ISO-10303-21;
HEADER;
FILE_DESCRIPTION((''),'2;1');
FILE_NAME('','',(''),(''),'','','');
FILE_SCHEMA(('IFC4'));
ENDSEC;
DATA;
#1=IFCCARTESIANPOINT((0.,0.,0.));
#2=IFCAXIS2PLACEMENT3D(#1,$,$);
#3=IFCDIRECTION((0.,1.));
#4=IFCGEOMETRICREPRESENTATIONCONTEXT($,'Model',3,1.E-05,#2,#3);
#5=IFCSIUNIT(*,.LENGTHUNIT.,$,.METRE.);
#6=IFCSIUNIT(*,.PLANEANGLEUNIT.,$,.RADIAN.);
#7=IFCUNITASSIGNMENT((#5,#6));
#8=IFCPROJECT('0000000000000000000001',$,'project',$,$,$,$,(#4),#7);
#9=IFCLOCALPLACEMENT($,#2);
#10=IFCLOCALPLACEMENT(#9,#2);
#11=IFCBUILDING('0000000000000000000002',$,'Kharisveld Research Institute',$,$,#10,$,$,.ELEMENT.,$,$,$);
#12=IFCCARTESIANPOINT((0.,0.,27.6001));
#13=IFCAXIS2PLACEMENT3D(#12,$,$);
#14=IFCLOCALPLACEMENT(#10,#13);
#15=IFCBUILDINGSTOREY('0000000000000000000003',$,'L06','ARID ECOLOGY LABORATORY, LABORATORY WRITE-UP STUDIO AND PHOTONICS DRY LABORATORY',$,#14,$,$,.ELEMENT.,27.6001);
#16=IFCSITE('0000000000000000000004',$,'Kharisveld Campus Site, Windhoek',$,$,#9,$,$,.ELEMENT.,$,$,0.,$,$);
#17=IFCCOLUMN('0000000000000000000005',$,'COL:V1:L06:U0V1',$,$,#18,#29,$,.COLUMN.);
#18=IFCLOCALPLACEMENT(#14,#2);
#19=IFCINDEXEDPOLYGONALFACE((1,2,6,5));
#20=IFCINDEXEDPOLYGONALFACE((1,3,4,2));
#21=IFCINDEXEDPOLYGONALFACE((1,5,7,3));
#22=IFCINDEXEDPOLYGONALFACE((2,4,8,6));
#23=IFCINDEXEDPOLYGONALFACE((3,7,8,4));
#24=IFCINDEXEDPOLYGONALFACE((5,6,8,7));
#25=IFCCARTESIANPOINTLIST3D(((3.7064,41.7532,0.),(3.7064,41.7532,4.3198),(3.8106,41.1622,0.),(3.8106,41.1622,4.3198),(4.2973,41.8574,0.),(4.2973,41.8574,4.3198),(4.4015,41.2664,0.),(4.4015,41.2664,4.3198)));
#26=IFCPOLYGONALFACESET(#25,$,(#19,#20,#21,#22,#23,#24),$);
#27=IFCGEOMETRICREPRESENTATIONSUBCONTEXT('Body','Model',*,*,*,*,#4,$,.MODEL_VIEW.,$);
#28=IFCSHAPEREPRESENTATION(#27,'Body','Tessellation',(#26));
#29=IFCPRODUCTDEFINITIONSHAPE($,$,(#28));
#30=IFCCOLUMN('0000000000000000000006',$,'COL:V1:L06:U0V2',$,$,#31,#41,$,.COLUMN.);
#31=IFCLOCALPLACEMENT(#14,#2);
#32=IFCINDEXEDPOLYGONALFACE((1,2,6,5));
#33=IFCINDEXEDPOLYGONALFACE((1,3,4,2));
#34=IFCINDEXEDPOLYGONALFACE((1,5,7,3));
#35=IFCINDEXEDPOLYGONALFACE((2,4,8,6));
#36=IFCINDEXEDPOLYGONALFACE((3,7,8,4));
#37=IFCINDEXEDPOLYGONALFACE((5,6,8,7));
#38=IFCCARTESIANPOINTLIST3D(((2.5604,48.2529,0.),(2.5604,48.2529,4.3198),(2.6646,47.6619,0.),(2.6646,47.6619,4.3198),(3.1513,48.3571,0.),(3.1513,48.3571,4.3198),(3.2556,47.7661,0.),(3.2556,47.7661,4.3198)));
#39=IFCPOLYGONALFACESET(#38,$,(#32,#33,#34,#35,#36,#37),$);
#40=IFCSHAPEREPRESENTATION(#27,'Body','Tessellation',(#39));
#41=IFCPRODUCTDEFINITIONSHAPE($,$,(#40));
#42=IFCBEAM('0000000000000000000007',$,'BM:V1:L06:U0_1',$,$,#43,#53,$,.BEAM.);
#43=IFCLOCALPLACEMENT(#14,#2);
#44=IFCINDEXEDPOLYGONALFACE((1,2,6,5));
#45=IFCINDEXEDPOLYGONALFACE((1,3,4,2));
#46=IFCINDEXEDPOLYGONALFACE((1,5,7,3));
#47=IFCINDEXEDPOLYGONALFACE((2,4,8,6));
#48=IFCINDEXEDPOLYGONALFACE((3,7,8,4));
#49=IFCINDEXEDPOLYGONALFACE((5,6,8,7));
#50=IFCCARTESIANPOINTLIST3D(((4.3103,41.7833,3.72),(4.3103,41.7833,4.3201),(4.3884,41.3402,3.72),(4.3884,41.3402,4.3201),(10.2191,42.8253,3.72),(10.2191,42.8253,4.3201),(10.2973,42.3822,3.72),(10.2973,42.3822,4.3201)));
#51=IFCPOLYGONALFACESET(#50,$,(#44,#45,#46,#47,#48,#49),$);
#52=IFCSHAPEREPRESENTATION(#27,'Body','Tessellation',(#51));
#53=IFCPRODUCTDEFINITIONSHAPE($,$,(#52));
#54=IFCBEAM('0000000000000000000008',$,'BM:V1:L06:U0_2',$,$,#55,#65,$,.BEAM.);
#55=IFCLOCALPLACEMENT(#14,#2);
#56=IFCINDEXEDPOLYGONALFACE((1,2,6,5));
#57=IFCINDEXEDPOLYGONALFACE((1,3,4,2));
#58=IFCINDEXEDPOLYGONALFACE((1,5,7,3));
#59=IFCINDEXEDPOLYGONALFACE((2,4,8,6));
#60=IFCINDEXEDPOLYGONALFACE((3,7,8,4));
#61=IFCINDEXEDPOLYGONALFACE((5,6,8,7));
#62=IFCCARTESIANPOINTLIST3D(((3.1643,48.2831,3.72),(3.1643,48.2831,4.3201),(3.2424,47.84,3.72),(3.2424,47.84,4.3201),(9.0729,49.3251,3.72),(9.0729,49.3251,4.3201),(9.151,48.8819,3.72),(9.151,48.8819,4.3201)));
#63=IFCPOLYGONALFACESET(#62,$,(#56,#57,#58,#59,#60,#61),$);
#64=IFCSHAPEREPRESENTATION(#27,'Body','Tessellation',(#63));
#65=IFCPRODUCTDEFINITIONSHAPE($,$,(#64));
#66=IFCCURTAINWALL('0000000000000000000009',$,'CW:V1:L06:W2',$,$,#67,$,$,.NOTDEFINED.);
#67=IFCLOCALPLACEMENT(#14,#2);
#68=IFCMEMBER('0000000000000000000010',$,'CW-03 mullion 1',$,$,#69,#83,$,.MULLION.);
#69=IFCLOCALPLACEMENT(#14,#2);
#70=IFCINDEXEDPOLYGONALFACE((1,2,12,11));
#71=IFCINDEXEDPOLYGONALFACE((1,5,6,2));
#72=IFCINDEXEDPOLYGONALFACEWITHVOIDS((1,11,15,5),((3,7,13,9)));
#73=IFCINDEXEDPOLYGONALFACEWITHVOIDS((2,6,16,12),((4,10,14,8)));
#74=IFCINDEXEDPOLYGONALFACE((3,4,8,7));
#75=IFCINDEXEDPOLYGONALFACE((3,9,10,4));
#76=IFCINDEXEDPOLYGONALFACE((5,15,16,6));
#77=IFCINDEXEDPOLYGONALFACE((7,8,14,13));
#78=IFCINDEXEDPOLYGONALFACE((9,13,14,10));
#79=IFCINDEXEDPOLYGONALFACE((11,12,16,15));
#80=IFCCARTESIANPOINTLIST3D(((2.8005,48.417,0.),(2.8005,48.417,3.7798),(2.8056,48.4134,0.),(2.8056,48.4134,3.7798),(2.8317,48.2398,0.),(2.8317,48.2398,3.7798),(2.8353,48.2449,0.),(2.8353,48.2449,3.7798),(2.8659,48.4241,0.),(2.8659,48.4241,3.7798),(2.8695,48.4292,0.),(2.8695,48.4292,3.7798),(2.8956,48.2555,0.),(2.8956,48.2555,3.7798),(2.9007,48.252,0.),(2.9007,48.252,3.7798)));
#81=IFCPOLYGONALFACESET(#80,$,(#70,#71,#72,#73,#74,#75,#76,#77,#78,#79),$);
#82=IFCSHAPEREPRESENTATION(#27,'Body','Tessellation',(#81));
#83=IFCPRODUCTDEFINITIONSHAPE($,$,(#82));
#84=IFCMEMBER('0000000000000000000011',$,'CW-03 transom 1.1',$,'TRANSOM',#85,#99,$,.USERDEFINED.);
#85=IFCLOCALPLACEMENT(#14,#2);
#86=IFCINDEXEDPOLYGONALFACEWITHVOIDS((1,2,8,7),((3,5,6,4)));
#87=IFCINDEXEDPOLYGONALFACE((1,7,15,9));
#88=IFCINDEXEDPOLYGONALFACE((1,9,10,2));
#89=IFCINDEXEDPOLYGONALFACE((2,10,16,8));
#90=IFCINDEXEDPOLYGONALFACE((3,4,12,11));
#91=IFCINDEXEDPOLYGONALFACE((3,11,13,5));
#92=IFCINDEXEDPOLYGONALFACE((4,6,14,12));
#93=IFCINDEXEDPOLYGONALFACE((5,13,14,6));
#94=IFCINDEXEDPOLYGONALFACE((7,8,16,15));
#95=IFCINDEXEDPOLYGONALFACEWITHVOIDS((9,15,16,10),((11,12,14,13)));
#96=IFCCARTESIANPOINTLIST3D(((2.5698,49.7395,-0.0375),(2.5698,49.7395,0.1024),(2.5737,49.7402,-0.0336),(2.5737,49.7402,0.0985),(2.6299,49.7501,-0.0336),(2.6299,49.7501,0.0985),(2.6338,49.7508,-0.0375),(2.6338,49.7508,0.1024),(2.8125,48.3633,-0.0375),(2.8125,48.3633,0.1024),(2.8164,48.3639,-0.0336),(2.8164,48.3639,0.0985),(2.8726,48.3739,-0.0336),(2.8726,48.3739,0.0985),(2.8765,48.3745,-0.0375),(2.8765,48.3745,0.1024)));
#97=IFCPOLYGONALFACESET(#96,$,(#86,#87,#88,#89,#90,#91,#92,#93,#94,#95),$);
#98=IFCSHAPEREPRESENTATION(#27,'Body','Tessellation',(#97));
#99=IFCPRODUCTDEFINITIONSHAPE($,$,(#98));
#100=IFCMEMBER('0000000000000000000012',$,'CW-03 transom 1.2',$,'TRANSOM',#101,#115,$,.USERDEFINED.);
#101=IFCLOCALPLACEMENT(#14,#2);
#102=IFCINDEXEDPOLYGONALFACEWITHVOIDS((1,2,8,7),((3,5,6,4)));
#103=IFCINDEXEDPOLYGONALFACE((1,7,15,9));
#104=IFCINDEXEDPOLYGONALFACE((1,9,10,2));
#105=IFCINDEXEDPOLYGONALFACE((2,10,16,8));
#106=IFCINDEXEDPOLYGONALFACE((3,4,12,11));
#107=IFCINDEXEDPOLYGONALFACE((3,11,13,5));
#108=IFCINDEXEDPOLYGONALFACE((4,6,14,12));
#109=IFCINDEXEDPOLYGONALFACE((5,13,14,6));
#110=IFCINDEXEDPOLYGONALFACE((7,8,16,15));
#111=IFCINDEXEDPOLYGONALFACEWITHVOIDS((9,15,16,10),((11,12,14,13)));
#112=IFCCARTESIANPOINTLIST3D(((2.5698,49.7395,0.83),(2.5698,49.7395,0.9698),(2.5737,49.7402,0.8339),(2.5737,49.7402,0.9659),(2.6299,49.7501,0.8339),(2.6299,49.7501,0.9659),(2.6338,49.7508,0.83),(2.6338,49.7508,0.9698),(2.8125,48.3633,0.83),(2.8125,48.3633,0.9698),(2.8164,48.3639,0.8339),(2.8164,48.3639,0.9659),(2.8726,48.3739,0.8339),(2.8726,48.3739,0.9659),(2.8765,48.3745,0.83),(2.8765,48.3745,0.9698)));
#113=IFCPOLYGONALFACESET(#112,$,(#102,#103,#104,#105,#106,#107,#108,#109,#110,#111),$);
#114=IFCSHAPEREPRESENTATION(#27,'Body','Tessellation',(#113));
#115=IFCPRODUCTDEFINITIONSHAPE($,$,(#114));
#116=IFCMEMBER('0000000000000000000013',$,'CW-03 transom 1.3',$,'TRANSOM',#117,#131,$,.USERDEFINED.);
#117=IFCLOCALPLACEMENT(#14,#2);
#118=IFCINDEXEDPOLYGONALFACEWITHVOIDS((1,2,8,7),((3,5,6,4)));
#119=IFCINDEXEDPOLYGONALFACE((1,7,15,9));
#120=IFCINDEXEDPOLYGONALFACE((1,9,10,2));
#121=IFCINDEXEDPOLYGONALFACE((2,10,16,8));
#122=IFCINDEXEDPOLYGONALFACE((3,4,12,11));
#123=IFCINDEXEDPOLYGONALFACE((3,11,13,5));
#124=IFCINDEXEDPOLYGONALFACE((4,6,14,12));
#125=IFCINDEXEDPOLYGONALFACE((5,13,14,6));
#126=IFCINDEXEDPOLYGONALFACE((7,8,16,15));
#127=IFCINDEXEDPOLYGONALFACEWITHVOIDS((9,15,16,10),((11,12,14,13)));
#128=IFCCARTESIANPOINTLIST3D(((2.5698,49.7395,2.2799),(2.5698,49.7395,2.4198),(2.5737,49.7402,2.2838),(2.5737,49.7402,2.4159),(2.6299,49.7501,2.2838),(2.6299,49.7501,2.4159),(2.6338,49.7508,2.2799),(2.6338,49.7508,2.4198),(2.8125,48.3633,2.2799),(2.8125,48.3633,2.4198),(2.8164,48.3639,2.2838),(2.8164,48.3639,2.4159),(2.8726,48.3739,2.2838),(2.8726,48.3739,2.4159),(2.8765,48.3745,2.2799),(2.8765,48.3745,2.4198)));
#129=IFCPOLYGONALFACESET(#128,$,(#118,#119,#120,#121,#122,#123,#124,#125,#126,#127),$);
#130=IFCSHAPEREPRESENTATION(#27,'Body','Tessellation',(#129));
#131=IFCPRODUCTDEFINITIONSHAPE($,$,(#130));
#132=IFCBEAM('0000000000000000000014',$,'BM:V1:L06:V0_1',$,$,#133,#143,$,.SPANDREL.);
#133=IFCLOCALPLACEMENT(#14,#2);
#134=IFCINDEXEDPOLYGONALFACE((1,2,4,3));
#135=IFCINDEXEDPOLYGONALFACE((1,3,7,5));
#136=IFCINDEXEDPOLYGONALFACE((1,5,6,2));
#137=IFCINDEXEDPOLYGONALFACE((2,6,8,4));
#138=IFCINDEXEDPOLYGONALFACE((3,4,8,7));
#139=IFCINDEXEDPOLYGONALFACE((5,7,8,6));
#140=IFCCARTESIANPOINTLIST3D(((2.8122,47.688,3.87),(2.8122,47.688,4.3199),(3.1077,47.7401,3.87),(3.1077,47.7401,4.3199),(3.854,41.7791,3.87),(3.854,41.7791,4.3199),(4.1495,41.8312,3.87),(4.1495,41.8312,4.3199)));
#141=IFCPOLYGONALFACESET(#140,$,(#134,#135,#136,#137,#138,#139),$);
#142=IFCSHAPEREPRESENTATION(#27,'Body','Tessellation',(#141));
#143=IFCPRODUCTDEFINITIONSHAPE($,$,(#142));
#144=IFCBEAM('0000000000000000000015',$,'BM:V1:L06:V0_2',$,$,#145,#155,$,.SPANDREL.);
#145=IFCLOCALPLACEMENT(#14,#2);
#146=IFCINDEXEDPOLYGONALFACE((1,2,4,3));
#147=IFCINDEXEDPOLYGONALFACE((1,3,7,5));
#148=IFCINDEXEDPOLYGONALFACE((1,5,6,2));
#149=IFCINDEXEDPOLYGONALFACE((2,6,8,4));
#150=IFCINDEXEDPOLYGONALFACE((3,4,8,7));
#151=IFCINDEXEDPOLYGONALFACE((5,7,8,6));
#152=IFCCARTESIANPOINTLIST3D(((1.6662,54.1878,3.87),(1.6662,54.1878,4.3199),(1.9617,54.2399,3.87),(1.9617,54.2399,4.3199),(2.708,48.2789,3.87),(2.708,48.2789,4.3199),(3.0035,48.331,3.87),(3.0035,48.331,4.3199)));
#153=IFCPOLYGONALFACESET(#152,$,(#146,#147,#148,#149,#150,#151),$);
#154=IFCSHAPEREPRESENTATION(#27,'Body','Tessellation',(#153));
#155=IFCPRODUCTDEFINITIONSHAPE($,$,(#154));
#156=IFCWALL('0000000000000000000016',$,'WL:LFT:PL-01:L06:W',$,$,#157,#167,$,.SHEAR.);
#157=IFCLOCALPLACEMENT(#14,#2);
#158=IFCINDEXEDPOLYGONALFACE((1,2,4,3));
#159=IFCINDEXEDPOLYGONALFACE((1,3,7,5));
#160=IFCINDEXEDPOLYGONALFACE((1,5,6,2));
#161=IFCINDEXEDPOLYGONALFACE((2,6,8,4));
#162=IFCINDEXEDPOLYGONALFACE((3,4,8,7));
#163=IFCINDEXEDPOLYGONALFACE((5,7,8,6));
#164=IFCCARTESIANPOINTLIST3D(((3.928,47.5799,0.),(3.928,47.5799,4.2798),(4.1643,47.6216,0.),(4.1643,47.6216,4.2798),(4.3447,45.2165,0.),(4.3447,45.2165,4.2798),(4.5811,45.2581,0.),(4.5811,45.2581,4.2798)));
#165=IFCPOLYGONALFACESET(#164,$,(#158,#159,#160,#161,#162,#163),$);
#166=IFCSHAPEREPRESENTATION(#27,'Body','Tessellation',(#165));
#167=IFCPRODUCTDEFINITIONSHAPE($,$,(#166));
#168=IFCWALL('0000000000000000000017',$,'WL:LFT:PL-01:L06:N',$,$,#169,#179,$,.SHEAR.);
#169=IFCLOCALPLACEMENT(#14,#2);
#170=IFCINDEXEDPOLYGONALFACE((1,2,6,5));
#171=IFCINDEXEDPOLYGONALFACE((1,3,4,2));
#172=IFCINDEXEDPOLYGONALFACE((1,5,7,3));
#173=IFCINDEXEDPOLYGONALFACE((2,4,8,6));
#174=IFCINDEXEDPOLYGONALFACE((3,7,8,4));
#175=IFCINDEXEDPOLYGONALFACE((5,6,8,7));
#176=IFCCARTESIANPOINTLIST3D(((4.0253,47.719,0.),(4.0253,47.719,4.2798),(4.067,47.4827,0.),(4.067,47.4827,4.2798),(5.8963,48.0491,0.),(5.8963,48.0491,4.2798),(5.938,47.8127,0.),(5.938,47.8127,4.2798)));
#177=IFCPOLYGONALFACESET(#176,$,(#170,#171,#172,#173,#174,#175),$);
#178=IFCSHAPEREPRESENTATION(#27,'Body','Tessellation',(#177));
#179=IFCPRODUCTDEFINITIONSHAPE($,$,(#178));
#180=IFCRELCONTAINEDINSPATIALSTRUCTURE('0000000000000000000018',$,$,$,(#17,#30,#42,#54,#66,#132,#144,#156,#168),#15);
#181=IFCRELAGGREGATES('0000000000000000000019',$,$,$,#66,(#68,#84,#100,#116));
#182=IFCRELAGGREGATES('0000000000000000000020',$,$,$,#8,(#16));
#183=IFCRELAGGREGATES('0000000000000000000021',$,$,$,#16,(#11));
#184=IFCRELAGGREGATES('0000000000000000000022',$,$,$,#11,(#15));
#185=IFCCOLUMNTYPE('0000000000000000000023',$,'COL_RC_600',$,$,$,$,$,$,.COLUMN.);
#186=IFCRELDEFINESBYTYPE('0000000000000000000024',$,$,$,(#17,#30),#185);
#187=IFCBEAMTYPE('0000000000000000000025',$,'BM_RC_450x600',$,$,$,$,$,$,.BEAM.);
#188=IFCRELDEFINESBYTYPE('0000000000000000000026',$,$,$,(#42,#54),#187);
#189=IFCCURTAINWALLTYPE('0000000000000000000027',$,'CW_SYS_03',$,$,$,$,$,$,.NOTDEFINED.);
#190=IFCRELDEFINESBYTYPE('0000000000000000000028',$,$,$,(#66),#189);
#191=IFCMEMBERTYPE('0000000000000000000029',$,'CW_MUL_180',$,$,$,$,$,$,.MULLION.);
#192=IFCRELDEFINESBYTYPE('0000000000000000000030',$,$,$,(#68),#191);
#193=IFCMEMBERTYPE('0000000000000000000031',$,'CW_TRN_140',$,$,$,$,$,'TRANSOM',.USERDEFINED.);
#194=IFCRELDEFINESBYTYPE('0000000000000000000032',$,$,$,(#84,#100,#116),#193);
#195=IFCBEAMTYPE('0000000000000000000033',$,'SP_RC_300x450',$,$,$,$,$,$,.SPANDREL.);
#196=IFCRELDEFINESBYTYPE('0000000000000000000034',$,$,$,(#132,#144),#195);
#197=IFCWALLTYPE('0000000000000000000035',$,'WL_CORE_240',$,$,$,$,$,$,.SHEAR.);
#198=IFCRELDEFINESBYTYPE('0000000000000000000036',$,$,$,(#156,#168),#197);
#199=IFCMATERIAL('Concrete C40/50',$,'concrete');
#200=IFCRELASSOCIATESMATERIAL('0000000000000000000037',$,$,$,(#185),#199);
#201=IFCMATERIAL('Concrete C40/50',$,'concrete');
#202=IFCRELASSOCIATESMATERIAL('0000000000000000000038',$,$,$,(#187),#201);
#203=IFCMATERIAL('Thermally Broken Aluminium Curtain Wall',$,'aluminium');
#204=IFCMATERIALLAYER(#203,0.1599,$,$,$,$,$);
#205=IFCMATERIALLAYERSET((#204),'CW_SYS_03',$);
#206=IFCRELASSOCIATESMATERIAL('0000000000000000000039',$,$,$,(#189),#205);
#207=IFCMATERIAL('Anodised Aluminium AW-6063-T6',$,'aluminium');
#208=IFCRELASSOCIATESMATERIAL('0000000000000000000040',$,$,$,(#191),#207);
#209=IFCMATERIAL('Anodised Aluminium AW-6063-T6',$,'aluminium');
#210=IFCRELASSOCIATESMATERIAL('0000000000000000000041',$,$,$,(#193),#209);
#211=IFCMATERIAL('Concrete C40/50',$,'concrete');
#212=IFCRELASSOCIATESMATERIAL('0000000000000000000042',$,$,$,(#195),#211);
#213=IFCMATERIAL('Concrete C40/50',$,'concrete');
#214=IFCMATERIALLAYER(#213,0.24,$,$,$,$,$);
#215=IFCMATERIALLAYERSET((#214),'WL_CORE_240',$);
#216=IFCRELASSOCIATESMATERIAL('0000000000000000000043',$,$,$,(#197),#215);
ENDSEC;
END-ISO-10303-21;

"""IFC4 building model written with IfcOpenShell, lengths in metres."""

from ifc_helpers import new_model, si_unit, direction, frame, frame_2d, origin, origin_2d, place, context, subcontext, project, spatial, rectangle, hollow_rectangle, extrude, material, layer, layer_set, material_profile, profile_set, type_object, element, aggregate, save


model = new_model("IFC4")

# Units and contexts
model_context = context("Model", 3, precision=1e-05, world=origin(), true_north=direction((0.0, 1.0)))
body_context = subcontext(model_context, "Body", "Model", "MODEL_VIEW")
ifc_project = project(units=[si_unit("LENGTHUNIT", "METRE"), si_unit("PLANEANGLEUNIT", "RADIAN")], contexts=[model_context])

# Site, building, storey
site_placement = place(None, origin())
site = spatial("IfcSite", under=ifc_project, at=site_placement, Name="Kharisveld Campus Site, Windhoek", CompositionType="ELEMENT", RefElevation=0.0)
building_placement = place(site_placement, origin())
building = spatial("IfcBuilding", under=site, at=building_placement, Name="Kharisveld Research Institute", CompositionType="ELEMENT")
storey_placement = place(building_placement, frame((0.0, 0.0, 27.6001)))
storey = spatial("IfcBuildingStorey", under=building, at=storey_placement, Name="L06", Description="ARID ECOLOGY LABORATORY, LABORATORY WRITE-UP STUDIO AND PHOTONICS DRY LABORATORY", CompositionType="ELEMENT", Elevation=27.6001)

# Columns
ifc_material_1 = material(Name="Concrete C40/50", Category="concrete")
ifc_material_profile_1 = material_profile(ifc_material_1, rectangle(XDim=0.6001, YDim=0.6001, at=origin_2d()))
ifc_profile_set_1 = profile_set([ifc_material_profile_1], Name="Concrete C40/50")
column_type = type_object("IfcColumnType", Name="COL_RC_600", PredefinedType="COLUMN", material=ifc_profile_set_1)
for number, where, z_axis, x_axis, name in (
    (1, (4.054, 41.5098, 0.0), (0.0, 0.0, 1.0), (0.984808, 0.173648, 0.0), "COL:V1:L06:U0V1"),
    (2, (2.908, 48.0095, 0.0), (0.0, 0.0, 1.0), (0.984808, 0.173648, 0.0), "COL:V1:L06:U0V2"),
):
    element("IfcColumn", number, at=place(storey_placement, frame(where, z_axis=z_axis, x_axis=x_axis)), inside=storey, type_object=column_type, Name=name, PredefinedType="COLUMN", context=body_context, shape_type="SweptSolid", body=[
        extrude(rectangle(XDim=0.6001, YDim=0.6001, at=origin_2d()), origin(), (0.0, 0.0, 1.0), 4.3198),
    ])

# Beams
ifc_material_2 = material(Name="Concrete C40/50", Category="concrete")
ifc_material_profile_2 = material_profile(ifc_material_2, rectangle(XDim=0.45, YDim=0.6001, at=origin_2d()))
ifc_profile_set_2 = profile_set([ifc_material_profile_2], Name="Concrete C40/50")
beam_type_1 = type_object("IfcBeamType", Name="BM_RC_450x600", PredefinedType="BEAM", material=ifc_profile_set_2)
beam_1_placement = place(storey_placement, frame((4.3494, 41.5618, 4.02), z_axis=(0.984805, 0.173662, 0.0), x_axis=(-0.173662, 0.984805, 0.0)))
element("IfcBeam", 3, at=beam_1_placement, inside=storey, type_object=beam_type_1, Name="BM:V1:L06:U0_1", PredefinedType="BEAM", context=body_context, shape_type="SweptSolid", body=[
    extrude(rectangle(XDim=0.45, YDim=0.6001, at=origin_2d()), origin(), (0.0, 0.0, 1.0), 6.0),
])
beam_2_placement = place(storey_placement, frame((3.2034, 48.0615, 4.02), z_axis=(0.984804, 0.173669, 0.0), x_axis=(-0.173669, 0.984804, 0.0)))
element("IfcBeam", 4, at=beam_2_placement, inside=storey, type_object=beam_type_1, Name="BM:V1:L06:U0_2", PredefinedType="BEAM", context=body_context, shape_type="SweptSolid", body=[
    extrude(rectangle(XDim=0.45, YDim=0.6001, at=origin_2d()), origin(), (0.0, 0.0, 1.0), 5.9998),
])

# Curtain wall, members
ifc_material_3 = material(Name="Thermally Broken Aluminium Curtain Wall", Category="aluminium")
ifc_layer_1 = layer(ifc_material_3, 0.1599)
ifc_layer_set_1 = layer_set([ifc_layer_1], Name="CW_SYS_03")
curtain_wall_type = type_object("IfcCurtainWallType", Name="CW_SYS_03", PredefinedType="NOTDEFINED", material=ifc_layer_set_1)
curtain_wall_placement = place(storey_placement, origin())
curtain_wall = element("IfcCurtainWall", 5, at=curtain_wall_placement, inside=storey, type_object=curtain_wall_type, Name="CW:V1:L06:W2", PredefinedType="NOTDEFINED")
ifc_material_4 = material(Name="Anodised Aluminium AW-6063-T6", Category="aluminium")
ifc_material_profile_3 = material_profile(ifc_material_4, hollow_rectangle(XDim=0.0701, YDim=0.1799, WallThickness=0.0044, at=origin_2d()))
ifc_profile_set_3 = profile_set([ifc_material_profile_3], Name="Anodised Aluminium AW-6063-T6")
member_type_1 = type_object("IfcMemberType", Name="CW_MUL_180", PredefinedType="MULLION", material=ifc_profile_set_3)
member_1_placement = place(storey_placement, frame((2.8506, 48.3345, 0.0), z_axis=(0.0, 0.0, 1.0), x_axis=(-0.984808, -0.173648, 0.0)))
member_1 = element("IfcMember", 6, at=member_1_placement, type_object=member_type_1, Name="CW-03 mullion 1", PredefinedType="MULLION", context=body_context, shape_type="SweptSolid", body=[
    extrude(hollow_rectangle(XDim=0.0701, YDim=0.1799, WallThickness=0.0044, at=origin_2d()), origin(), (0.0, 0.0, 1.0), 3.7798),
])
ifc_material_5 = material(Name="Anodised Aluminium AW-6063-T6", Category="aluminium")
ifc_material_profile_4 = material_profile(ifc_material_5, hollow_rectangle(XDim=0.0649, YDim=0.1399, WallThickness=0.0039, at=origin_2d()))
ifc_profile_set_4 = profile_set([ifc_material_profile_4], Name="Anodised Aluminium AW-6063-T6")
member_type_2 = type_object("IfcMemberType", Name="CW_TRN_140", ElementType="TRANSOM", PredefinedType="USERDEFINED", material=ifc_profile_set_4)
member_2_placement = place(storey_placement, frame((2.8445, 48.3689, 0.0325), z_axis=(-0.173656, 0.984806, 0.0), x_axis=(-0.984806, -0.173656, 0.0)))
member_2 = element("IfcMember", 7, at=member_2_placement, type_object=member_type_2, Name="CW-03 transom 1.1", ObjectType="TRANSOM", PredefinedType="USERDEFINED", context=body_context, shape_type="SweptSolid", body=[
    extrude(hollow_rectangle(XDim=0.0649, YDim=0.1399, WallThickness=0.0039, at=origin_2d()), origin(), (0.0, 0.0, 1.0), 1.3975),
])
member_3_placement = place(storey_placement, frame((2.8445, 48.3689, 0.8999), z_axis=(-0.173656, 0.984806, 0.0), x_axis=(-0.984806, -0.173656, 0.0)))
member_3 = element("IfcMember", 8, at=member_3_placement, type_object=member_type_2, Name="CW-03 transom 1.2", ObjectType="TRANSOM", PredefinedType="USERDEFINED", context=body_context, shape_type="SweptSolid", body=[
    extrude(hollow_rectangle(XDim=0.0649, YDim=0.1399, WallThickness=0.0039, at=origin_2d()), origin(), (0.0, 0.0, 1.0), 1.3975),
])
member_4_placement = place(storey_placement, frame((2.8445, 48.3689, 2.3499), z_axis=(-0.173656, 0.984806, 0.0), x_axis=(-0.984806, -0.173656, 0.0)))
member_4 = element("IfcMember", 9, at=member_4_placement, type_object=member_type_2, Name="CW-03 transom 1.3", ObjectType="TRANSOM", PredefinedType="USERDEFINED", context=body_context, shape_type="SweptSolid", body=[
    extrude(hollow_rectangle(XDim=0.0649, YDim=0.1399, WallThickness=0.0039, at=origin_2d()), origin(), (0.0, 0.0, 1.0), 1.3975),
])
aggregate(curtain_wall, [member_1, member_2, member_3, member_4])

# Beams
ifc_material_6 = material(Name="Concrete C40/50", Category="concrete")
ifc_material_profile_5 = material_profile(ifc_material_6, rectangle(XDim=0.3, YDim=0.45, at=origin_2d()))
ifc_profile_set_5 = profile_set([ifc_material_profile_5], Name="Concrete C40/50")
beam_type_2 = type_object("IfcBeamType", Name="SP_RC_300x450", PredefinedType="SPANDREL", material=ifc_profile_set_5)
for number, where, z_axis, x_axis, name in (
    (10, (4.0017, 41.8052, 4.095), (-0.173623, 0.984812, 0.0), (-0.984812, -0.173623, 0.0), "BM:V1:L06:V0_1"),
    (11, (2.8557, 48.3049, 4.095), (-0.173623, 0.984812, 0.0), (-0.984812, -0.173623, 0.0), "BM:V1:L06:V0_2"),
):
    element("IfcBeam", number, at=place(storey_placement, frame(where, z_axis=z_axis, x_axis=x_axis)), inside=storey, type_object=beam_type_2, Name=name, PredefinedType="SPANDREL", context=body_context, shape_type="SweptSolid", body=[
        extrude(rectangle(XDim=0.3, YDim=0.45, at=origin_2d()), origin(), (0.0, 0.0, 1.0), 6.0),
    ])

# Walls
ifc_material_7 = material(Name="Concrete C40/50", Category="concrete")
ifc_layer_2 = layer(ifc_material_7, 0.24)
ifc_layer_set_2 = layer_set([ifc_layer_2], Name="WL_CORE_240")
wall_type_1 = type_object("IfcWallType", Name="WL_CORE_240", PredefinedType="SHEAR", material=ifc_layer_set_2)
wall_1_placement = place(storey_placement, frame((4.4629, 45.2373, 0.0), z_axis=(0.0, 0.0, 1.0), x_axis=(-0.173646, 0.984808, 0.0)))
element("IfcWall", 12, at=wall_1_placement, inside=storey, type_object=wall_type_1, Name="WL:LFT:PL-01:L06:W", PredefinedType="SHEAR", context=body_context, shape_type="SweptSolid", body=[
    extrude(rectangle(XDim=2.3999, YDim=0.24, at=frame_2d((1.2, 0.0))), origin(), (0.0, 0.0, 1.0), 4.2798),
])
wall_2_placement = place(storey_placement, frame((4.0461, 47.6008, 0.0), z_axis=(0.0, 0.0, 1.0), x_axis=(0.984794, 0.173727, 0.0)))
element("IfcWall", 13, at=wall_2_placement, inside=storey, type_object=wall_type_1, Name="WL:LFT:PL-01:L06:N", PredefinedType="SHEAR", context=body_context, shape_type="SweptSolid", body=[
    extrude(rectangle(XDim=1.8999, YDim=0.24, at=frame_2d((0.95, 0.0))), origin(), (0.0, 0.0, 1.0), 4.2798),
])

save(model, "model.ifc")
